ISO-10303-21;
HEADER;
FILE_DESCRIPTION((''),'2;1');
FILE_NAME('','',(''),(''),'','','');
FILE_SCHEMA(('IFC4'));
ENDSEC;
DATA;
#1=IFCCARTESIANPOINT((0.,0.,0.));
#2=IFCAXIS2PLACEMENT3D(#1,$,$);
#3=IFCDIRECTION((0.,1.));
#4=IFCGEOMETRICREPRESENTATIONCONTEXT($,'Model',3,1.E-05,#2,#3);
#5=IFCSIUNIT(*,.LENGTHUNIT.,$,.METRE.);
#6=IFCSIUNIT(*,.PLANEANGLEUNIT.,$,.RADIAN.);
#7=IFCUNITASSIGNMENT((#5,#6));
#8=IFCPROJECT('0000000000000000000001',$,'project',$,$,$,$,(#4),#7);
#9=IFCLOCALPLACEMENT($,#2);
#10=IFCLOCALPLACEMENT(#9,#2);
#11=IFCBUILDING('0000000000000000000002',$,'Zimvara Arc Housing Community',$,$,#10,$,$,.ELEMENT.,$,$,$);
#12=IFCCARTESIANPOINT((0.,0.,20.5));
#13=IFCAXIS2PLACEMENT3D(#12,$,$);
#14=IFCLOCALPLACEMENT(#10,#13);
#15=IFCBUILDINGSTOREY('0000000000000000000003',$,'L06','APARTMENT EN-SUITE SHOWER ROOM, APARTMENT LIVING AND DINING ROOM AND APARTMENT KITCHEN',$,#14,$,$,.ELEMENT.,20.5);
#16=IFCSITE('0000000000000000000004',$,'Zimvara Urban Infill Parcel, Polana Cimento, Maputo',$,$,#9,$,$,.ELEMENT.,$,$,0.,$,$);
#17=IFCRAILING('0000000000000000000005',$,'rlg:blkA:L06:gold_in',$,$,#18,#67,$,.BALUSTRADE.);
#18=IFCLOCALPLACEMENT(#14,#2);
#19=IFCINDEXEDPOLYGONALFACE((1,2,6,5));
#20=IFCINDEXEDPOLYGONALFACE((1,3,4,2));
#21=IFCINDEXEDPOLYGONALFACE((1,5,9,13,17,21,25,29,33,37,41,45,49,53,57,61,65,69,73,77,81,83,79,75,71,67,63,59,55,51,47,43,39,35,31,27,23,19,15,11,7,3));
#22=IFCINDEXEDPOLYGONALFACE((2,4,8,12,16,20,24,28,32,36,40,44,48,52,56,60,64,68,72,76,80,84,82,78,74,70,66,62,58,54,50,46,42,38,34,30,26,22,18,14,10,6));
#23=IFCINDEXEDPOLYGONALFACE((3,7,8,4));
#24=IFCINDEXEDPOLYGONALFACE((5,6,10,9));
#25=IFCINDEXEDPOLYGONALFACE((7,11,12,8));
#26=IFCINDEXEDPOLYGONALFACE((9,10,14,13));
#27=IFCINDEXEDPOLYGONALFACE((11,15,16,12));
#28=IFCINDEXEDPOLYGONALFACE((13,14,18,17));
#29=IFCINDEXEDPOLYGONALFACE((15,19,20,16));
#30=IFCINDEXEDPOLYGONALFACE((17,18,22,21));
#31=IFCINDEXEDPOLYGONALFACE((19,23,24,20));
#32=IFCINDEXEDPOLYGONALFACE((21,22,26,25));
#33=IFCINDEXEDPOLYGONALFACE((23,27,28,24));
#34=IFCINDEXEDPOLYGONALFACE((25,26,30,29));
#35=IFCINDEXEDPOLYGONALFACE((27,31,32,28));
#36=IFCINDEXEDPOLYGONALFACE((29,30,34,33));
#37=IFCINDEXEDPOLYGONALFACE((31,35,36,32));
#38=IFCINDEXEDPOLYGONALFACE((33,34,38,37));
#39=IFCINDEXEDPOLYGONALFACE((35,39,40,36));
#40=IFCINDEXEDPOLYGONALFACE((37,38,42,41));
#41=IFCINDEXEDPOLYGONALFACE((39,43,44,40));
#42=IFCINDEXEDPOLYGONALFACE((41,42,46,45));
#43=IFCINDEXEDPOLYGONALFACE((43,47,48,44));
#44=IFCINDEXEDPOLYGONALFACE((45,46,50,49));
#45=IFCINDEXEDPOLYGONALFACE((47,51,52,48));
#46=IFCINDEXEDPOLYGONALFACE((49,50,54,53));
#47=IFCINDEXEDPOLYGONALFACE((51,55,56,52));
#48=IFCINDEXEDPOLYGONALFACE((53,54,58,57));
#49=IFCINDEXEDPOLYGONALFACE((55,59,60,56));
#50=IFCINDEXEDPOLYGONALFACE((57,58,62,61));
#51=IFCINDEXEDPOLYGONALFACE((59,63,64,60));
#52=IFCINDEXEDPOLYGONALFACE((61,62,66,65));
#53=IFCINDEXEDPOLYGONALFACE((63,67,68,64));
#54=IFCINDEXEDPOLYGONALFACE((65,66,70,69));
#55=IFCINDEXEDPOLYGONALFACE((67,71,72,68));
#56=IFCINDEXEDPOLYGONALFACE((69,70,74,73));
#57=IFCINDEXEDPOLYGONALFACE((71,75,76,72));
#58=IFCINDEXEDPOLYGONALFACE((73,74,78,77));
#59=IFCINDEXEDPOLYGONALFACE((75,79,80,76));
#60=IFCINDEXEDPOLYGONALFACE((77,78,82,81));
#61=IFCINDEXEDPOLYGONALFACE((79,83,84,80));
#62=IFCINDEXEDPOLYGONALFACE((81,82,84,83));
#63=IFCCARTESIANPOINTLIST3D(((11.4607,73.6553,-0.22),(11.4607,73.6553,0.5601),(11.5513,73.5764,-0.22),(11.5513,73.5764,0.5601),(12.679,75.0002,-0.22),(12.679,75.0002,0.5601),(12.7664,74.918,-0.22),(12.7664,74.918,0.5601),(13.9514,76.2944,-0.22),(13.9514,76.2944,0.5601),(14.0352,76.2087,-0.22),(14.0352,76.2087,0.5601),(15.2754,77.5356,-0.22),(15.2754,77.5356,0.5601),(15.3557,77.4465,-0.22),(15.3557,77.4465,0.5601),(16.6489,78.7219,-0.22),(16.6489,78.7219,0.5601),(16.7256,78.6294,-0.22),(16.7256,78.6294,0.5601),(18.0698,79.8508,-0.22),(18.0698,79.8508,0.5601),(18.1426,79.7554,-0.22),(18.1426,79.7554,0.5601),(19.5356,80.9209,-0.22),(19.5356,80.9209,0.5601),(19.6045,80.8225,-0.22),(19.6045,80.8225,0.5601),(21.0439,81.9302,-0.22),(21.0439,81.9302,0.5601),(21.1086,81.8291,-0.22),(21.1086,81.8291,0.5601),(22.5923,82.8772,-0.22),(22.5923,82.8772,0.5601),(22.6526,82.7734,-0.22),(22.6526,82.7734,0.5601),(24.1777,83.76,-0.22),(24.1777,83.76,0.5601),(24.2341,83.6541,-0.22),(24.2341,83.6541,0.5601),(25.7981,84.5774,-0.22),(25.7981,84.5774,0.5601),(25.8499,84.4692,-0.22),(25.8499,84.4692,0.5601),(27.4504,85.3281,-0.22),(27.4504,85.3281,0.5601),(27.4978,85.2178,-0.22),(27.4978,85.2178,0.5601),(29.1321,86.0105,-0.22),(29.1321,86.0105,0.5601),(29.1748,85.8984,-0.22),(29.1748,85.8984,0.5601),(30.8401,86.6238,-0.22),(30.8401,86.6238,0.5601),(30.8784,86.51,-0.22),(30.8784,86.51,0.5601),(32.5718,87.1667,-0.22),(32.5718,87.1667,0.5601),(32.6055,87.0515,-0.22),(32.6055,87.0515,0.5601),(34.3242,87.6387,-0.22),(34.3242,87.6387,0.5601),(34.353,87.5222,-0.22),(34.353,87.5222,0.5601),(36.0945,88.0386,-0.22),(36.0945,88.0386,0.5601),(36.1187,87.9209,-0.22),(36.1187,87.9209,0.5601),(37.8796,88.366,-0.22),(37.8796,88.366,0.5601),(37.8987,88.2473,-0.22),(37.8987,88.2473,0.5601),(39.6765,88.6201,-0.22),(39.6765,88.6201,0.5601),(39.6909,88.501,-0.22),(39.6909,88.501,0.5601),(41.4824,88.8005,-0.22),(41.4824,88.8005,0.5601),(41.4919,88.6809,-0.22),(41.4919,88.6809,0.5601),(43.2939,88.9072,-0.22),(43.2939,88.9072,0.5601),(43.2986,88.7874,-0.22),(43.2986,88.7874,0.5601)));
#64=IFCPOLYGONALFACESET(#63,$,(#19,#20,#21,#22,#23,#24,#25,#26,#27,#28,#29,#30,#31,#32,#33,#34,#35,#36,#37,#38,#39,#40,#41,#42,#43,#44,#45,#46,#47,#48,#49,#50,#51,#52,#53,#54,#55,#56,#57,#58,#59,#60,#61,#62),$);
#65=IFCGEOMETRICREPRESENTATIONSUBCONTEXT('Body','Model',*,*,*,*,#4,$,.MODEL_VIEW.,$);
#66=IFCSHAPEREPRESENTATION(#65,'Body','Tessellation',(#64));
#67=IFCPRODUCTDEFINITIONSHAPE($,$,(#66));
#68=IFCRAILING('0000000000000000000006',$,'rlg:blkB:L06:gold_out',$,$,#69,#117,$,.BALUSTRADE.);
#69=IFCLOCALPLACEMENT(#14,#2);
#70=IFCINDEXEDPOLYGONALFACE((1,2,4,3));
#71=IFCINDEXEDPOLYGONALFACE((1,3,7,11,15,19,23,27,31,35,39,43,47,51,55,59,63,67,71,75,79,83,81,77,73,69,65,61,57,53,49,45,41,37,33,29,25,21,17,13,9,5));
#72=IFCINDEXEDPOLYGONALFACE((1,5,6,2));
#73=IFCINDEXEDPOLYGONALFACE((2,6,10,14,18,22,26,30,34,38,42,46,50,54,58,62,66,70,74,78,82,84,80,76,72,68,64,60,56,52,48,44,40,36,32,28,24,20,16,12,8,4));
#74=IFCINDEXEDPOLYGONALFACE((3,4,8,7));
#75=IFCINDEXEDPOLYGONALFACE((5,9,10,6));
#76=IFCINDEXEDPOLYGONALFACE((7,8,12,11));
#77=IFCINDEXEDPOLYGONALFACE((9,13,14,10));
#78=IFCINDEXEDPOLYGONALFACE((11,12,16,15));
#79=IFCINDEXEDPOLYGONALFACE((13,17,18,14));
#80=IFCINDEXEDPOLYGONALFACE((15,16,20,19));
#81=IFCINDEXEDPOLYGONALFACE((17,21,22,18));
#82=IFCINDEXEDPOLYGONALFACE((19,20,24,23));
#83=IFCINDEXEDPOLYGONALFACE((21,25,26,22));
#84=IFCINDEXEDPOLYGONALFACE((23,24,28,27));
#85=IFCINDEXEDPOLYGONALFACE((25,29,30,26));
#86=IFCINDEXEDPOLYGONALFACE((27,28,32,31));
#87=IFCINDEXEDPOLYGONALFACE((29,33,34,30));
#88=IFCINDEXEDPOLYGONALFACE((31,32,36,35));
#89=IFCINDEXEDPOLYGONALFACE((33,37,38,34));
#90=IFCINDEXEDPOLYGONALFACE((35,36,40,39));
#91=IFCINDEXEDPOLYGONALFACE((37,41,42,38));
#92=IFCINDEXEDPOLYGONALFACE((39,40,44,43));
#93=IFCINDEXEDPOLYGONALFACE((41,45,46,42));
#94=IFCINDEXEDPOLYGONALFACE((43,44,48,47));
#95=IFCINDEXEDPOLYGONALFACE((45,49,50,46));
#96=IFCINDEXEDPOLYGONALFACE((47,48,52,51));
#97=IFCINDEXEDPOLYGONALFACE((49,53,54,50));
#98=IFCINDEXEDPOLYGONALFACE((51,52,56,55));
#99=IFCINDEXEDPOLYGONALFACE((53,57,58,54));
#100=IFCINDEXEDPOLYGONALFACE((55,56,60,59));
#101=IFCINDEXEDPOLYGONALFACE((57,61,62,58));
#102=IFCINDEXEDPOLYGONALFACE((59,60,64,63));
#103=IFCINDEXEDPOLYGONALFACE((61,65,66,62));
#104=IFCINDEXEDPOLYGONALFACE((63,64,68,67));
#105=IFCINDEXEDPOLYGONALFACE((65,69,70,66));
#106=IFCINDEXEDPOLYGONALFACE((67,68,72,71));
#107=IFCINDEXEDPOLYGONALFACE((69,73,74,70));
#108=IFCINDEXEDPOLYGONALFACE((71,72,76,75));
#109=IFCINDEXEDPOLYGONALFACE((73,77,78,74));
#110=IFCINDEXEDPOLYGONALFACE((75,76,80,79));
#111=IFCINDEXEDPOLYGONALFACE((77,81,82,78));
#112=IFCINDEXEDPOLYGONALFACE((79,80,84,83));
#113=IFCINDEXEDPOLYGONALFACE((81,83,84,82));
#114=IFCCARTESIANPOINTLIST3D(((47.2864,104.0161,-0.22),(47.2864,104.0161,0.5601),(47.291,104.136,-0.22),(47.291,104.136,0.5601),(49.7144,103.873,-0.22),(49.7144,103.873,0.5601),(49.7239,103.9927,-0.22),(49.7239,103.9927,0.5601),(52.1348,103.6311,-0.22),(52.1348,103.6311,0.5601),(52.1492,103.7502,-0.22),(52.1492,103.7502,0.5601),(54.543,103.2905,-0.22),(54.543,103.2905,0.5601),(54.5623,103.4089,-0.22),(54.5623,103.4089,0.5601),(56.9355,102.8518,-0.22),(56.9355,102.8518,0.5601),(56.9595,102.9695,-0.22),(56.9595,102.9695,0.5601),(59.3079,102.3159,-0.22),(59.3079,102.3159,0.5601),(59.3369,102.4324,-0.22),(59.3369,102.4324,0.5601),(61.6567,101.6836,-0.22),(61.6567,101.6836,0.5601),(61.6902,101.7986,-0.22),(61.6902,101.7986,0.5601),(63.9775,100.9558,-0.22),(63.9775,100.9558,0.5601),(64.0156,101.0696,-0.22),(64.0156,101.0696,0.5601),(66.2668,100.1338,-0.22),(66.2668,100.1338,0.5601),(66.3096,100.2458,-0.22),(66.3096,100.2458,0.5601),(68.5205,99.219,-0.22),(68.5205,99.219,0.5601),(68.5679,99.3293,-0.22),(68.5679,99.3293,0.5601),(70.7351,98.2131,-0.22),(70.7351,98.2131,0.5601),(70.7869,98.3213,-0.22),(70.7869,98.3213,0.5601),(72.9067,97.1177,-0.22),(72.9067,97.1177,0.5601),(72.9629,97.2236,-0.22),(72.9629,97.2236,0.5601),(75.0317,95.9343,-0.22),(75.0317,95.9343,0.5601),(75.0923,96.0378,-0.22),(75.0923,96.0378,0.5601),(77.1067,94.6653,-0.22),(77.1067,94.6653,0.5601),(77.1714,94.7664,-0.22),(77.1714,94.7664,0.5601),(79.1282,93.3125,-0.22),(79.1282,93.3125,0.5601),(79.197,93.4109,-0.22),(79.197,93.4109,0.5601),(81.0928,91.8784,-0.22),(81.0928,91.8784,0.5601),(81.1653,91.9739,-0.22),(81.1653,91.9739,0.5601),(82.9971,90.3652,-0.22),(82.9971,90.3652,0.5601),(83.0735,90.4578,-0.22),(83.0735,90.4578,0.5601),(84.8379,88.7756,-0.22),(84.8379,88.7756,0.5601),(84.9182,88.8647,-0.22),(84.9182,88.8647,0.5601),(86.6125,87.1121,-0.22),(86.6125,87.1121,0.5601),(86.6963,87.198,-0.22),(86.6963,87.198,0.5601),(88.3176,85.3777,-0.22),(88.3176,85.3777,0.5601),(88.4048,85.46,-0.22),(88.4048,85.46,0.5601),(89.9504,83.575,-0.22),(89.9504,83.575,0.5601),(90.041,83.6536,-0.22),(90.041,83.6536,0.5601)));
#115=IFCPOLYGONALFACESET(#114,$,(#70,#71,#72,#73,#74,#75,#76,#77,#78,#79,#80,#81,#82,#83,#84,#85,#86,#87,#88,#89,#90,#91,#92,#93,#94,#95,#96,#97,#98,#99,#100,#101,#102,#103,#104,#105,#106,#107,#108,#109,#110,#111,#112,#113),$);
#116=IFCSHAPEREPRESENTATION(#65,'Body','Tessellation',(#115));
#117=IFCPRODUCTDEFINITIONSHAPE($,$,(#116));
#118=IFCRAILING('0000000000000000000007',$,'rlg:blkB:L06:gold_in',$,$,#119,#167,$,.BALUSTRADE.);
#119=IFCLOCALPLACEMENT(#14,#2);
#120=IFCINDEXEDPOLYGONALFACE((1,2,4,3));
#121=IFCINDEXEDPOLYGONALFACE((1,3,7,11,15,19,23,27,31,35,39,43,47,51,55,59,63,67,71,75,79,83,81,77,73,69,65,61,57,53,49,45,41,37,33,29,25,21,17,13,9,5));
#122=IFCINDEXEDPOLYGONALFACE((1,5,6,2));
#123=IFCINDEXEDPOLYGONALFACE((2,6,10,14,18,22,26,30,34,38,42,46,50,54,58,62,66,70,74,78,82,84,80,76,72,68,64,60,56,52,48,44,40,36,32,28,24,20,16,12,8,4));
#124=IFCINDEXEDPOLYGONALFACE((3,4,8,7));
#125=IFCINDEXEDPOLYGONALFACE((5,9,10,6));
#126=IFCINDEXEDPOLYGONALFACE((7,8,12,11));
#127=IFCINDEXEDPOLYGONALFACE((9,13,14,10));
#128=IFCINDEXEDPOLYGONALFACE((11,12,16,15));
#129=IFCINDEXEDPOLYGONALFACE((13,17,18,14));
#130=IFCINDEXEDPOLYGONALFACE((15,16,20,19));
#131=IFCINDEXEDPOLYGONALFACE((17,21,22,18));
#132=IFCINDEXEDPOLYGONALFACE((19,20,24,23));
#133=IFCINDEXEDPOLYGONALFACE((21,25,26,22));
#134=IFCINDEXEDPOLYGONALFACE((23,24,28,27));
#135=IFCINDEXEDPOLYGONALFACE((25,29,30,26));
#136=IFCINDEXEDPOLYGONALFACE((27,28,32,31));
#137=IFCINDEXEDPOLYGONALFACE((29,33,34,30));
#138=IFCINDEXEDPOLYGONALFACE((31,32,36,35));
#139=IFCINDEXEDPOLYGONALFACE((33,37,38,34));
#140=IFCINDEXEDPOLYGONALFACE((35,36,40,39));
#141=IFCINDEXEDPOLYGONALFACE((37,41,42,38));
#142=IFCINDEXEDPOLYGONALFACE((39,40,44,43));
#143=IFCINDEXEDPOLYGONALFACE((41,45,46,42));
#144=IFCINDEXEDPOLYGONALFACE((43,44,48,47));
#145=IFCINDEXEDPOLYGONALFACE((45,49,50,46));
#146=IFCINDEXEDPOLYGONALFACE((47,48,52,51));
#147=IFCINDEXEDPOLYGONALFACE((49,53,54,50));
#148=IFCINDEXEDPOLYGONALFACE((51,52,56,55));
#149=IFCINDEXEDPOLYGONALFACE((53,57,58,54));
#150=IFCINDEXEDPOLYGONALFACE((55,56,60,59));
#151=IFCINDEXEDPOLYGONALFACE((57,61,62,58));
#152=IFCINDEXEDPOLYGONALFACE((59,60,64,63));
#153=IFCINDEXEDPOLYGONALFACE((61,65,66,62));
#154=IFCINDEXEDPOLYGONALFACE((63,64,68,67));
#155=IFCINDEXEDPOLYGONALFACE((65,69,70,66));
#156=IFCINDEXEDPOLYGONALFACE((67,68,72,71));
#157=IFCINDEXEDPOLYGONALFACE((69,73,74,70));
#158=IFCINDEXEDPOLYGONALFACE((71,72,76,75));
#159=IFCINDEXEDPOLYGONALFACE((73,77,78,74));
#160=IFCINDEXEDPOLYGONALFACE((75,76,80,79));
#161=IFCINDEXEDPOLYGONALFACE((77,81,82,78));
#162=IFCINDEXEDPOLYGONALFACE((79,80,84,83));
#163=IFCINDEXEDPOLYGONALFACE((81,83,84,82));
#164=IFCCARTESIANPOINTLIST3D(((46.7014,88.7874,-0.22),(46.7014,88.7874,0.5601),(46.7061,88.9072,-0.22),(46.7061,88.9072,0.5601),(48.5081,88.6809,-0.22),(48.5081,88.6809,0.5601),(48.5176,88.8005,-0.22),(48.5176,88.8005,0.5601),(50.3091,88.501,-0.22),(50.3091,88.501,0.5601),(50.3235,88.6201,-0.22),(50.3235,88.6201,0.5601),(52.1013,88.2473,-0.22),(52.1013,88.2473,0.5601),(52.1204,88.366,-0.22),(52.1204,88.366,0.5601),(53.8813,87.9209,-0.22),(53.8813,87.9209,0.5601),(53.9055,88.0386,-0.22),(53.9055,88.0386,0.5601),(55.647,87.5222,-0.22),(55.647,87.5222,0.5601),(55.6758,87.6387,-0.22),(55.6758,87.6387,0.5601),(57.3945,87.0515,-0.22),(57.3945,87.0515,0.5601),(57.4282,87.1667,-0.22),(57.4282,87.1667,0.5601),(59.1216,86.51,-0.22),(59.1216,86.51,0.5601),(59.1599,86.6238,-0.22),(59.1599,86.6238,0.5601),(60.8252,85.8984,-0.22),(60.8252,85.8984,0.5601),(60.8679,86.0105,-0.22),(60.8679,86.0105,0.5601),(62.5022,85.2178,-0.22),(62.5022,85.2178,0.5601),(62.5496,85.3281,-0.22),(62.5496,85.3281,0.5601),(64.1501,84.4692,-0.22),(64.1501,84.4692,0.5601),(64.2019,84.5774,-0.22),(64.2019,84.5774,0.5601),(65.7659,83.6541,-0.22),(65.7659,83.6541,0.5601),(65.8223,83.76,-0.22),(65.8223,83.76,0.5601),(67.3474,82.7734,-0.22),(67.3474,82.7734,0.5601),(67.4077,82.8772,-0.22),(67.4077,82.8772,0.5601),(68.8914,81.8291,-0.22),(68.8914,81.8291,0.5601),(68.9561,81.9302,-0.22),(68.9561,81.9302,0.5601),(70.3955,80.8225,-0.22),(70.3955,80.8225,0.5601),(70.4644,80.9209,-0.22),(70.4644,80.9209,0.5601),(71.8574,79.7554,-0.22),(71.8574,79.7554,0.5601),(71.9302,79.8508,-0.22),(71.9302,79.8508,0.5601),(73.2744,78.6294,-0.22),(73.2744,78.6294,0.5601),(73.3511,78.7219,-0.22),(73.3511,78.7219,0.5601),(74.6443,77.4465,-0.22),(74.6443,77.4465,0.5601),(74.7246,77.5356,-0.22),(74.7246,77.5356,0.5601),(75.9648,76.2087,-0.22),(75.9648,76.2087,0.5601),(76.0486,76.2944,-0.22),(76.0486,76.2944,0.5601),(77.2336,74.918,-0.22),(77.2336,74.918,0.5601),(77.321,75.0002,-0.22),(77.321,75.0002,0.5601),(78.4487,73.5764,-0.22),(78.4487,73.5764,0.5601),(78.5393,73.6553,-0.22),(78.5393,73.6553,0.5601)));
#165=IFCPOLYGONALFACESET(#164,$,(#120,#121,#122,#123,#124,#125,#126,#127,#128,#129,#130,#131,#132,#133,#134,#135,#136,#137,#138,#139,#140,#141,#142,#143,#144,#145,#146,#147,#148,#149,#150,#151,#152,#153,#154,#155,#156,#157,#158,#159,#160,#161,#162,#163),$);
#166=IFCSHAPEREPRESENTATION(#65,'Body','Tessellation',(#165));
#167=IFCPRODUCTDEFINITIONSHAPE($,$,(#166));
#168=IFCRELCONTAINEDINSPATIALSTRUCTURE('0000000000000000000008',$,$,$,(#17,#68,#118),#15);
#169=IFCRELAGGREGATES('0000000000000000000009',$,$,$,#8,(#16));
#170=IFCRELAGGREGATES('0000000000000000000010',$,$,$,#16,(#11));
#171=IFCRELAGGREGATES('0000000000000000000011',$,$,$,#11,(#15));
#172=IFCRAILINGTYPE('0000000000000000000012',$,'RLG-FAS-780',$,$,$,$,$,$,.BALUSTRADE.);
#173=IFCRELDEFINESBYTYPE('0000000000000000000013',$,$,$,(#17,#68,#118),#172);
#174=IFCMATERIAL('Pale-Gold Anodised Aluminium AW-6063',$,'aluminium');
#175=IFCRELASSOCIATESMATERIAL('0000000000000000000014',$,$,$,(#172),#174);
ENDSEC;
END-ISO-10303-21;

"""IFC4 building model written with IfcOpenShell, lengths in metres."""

from ifc_helpers import new_model, si_unit, direction, frame, origin, place, context, subcontext, project, spatial, polyline, outline, extrude, material, type_object, element, save


model = new_model("IFC4")

# Units and contexts
model_context = context("Model", 3, precision=1e-05, world=origin(), true_north=direction((0.0, 1.0)))
body_context = subcontext(model_context, "Body", "Model", "MODEL_VIEW")
ifc_project = project(units=[si_unit("LENGTHUNIT", "METRE"), si_unit("PLANEANGLEUNIT", "RADIAN")], contexts=[model_context])

# Site, building, storey
site_placement = place(None, origin())
site = spatial("IfcSite", under=ifc_project, at=site_placement, Name="Zimvara Urban Infill Parcel, Polana Cimento, Maputo", CompositionType="ELEMENT", RefElevation=0.0)
building_placement = place(site_placement, origin())
building = spatial("IfcBuilding", under=site, at=building_placement, Name="Zimvara Arc Housing Community", CompositionType="ELEMENT")
storey_placement = place(building_placement, frame((0.0, 0.0, 20.5)))
storey = spatial("IfcBuildingStorey", under=building, at=storey_placement, Name="L06", Description="APARTMENT EN-SUITE SHOWER ROOM, APARTMENT LIVING AND DINING ROOM AND APARTMENT KITCHEN", CompositionType="ELEMENT", Elevation=20.5)

# Railings
ifc_material_1 = material(Name="Pale-Gold Anodised Aluminium AW-6063", Category="aluminium")
railing_type = type_object("IfcRailingType", Name="RLG-FAS-780", PredefinedType="BALUSTRADE", material=ifc_material_1)
railing_1_placement = place(storey_placement, frame((0.0, 0.0, -0.22)))
element("IfcRailing", 1, at=railing_1_placement, inside=storey, type_object=railing_type, Name="rlg:blkA:L06:gold_in", PredefinedType="BALUSTRADE", context=body_context, shape_type="SweptSolid", body=[
    extrude(outline(polyline([(11.5513, 73.5764), (12.7664, 74.918), (14.0352, 76.2087), (15.3557, 77.4465), (16.7256, 78.6294), (18.1426, 79.7554), (19.6045, 80.8225), (21.1086, 81.8291), (22.6526, 82.7734), (24.2341, 83.6541), (25.8499, 84.4692), (27.4978, 85.2178), (29.1748, 85.8984), (30.8784, 86.51), (32.6055, 87.0515), (34.353, 87.5222), (36.1187, 87.9209), (37.8987, 88.2473), (39.6909, 88.501), (41.4919, 88.6809), (43.2986, 88.7874), (43.2939, 88.9072), (41.4824, 88.8005), (39.6765, 88.6201), (37.8796, 88.366), (36.0945, 88.0386), (34.3242, 87.6387), (32.5718, 87.1667), (30.8401, 86.6238), (29.1321, 86.0105), (27.4504, 85.3281), (25.7981, 84.5774), (24.1777, 83.76), (22.5923, 82.8772), (21.0439, 81.9302), (19.5356, 80.9209), (18.0698, 79.8508), (16.6489, 78.7219), (15.2754, 77.5356), (13.9514, 76.2944), (12.679, 75.0002), (11.4607, 73.6553), (11.5513, 73.5764)])), origin(), (0.0, 0.0, 1.0), 0.78),
])
railing_2_placement = place(storey_placement, frame((0.0, 0.0, -0.22)))
element("IfcRailing", 2, at=railing_2_placement, inside=storey, type_object=railing_type, Name="rlg:blkB:L06:gold_out", PredefinedType="BALUSTRADE", context=body_context, shape_type="SweptSolid", body=[
    extrude(outline(polyline([(47.2864, 104.0161), (49.7144, 103.873), (52.1348, 103.6311), (54.543, 103.2905), (56.9355, 102.8518), (59.3079, 102.3159), (61.6567, 101.6836), (63.9775, 100.9558), (66.2668, 100.1338), (68.5205, 99.219), (70.7351, 98.2131), (72.9067, 97.1177), (75.0317, 95.9343), (77.1067, 94.6653), (79.1282, 93.3125), (81.0928, 91.8784), (82.9971, 90.3652), (84.8379, 88.7756), (86.6125, 87.1121), (88.3176, 85.3777), (89.9504, 83.575), (90.041, 83.6536), (88.4048, 85.46), (86.6963, 87.198), (84.9182, 88.8647), (83.0735, 90.4578), (81.1653, 91.9739), (79.197, 93.4109), (77.1714, 94.7664), (75.0923, 96.0378), (72.9629, 97.2236), (70.7869, 98.3213), (68.5679, 99.3293), (66.3096, 100.2458), (64.0156, 101.0696), (61.6902, 101.7986), (59.3369, 102.4324), (56.9595, 102.9695), (54.5623, 103.4089), (52.1492, 103.7502), (49.7239, 103.9927), (47.291, 104.136), (47.2864, 104.0161)])), origin(), (0.0, 0.0, 1.0), 0.78),
])
railing_3_placement = place(storey_placement, frame((0.0, 0.0, -0.22)))
element("IfcRailing", 3, at=railing_3_placement, inside=storey, type_object=railing_type, Name="rlg:blkB:L06:gold_in", PredefinedType="BALUSTRADE", context=body_context, shape_type="SweptSolid", body=[
    extrude(outline(polyline([(46.7014, 88.7874), (48.5081, 88.6809), (50.3091, 88.501), (52.1013, 88.2473), (53.8813, 87.9209), (55.647, 87.5222), (57.3945, 87.0515), (59.1216, 86.51), (60.8252, 85.8984), (62.5022, 85.2178), (64.1501, 84.4692), (65.7659, 83.6541), (67.3474, 82.7734), (68.8914, 81.8291), (70.3955, 80.8225), (71.8574, 79.7554), (73.2744, 78.6294), (74.6443, 77.4465), (75.9648, 76.2087), (77.2336, 74.918), (78.4487, 73.5764), (78.5393, 73.6553), (77.321, 75.0002), (76.0486, 76.2944), (74.7246, 77.5356), (73.3511, 78.7219), (71.9302, 79.8508), (70.4644, 80.9209), (68.9561, 81.9302), (67.4077, 82.8772), (65.8223, 83.76), (64.2019, 84.5774), (62.5496, 85.3281), (60.8679, 86.0105), (59.1599, 86.6238), (57.4282, 87.1667), (55.6758, 87.6387), (53.9055, 88.0386), (52.1204, 88.366), (50.3235, 88.6201), (48.5176, 88.8005), (46.7061, 88.9072), (46.7014, 88.7874)])), origin(), (0.0, 0.0, 1.0), 0.78),
])

save(model, "model.ifc")
